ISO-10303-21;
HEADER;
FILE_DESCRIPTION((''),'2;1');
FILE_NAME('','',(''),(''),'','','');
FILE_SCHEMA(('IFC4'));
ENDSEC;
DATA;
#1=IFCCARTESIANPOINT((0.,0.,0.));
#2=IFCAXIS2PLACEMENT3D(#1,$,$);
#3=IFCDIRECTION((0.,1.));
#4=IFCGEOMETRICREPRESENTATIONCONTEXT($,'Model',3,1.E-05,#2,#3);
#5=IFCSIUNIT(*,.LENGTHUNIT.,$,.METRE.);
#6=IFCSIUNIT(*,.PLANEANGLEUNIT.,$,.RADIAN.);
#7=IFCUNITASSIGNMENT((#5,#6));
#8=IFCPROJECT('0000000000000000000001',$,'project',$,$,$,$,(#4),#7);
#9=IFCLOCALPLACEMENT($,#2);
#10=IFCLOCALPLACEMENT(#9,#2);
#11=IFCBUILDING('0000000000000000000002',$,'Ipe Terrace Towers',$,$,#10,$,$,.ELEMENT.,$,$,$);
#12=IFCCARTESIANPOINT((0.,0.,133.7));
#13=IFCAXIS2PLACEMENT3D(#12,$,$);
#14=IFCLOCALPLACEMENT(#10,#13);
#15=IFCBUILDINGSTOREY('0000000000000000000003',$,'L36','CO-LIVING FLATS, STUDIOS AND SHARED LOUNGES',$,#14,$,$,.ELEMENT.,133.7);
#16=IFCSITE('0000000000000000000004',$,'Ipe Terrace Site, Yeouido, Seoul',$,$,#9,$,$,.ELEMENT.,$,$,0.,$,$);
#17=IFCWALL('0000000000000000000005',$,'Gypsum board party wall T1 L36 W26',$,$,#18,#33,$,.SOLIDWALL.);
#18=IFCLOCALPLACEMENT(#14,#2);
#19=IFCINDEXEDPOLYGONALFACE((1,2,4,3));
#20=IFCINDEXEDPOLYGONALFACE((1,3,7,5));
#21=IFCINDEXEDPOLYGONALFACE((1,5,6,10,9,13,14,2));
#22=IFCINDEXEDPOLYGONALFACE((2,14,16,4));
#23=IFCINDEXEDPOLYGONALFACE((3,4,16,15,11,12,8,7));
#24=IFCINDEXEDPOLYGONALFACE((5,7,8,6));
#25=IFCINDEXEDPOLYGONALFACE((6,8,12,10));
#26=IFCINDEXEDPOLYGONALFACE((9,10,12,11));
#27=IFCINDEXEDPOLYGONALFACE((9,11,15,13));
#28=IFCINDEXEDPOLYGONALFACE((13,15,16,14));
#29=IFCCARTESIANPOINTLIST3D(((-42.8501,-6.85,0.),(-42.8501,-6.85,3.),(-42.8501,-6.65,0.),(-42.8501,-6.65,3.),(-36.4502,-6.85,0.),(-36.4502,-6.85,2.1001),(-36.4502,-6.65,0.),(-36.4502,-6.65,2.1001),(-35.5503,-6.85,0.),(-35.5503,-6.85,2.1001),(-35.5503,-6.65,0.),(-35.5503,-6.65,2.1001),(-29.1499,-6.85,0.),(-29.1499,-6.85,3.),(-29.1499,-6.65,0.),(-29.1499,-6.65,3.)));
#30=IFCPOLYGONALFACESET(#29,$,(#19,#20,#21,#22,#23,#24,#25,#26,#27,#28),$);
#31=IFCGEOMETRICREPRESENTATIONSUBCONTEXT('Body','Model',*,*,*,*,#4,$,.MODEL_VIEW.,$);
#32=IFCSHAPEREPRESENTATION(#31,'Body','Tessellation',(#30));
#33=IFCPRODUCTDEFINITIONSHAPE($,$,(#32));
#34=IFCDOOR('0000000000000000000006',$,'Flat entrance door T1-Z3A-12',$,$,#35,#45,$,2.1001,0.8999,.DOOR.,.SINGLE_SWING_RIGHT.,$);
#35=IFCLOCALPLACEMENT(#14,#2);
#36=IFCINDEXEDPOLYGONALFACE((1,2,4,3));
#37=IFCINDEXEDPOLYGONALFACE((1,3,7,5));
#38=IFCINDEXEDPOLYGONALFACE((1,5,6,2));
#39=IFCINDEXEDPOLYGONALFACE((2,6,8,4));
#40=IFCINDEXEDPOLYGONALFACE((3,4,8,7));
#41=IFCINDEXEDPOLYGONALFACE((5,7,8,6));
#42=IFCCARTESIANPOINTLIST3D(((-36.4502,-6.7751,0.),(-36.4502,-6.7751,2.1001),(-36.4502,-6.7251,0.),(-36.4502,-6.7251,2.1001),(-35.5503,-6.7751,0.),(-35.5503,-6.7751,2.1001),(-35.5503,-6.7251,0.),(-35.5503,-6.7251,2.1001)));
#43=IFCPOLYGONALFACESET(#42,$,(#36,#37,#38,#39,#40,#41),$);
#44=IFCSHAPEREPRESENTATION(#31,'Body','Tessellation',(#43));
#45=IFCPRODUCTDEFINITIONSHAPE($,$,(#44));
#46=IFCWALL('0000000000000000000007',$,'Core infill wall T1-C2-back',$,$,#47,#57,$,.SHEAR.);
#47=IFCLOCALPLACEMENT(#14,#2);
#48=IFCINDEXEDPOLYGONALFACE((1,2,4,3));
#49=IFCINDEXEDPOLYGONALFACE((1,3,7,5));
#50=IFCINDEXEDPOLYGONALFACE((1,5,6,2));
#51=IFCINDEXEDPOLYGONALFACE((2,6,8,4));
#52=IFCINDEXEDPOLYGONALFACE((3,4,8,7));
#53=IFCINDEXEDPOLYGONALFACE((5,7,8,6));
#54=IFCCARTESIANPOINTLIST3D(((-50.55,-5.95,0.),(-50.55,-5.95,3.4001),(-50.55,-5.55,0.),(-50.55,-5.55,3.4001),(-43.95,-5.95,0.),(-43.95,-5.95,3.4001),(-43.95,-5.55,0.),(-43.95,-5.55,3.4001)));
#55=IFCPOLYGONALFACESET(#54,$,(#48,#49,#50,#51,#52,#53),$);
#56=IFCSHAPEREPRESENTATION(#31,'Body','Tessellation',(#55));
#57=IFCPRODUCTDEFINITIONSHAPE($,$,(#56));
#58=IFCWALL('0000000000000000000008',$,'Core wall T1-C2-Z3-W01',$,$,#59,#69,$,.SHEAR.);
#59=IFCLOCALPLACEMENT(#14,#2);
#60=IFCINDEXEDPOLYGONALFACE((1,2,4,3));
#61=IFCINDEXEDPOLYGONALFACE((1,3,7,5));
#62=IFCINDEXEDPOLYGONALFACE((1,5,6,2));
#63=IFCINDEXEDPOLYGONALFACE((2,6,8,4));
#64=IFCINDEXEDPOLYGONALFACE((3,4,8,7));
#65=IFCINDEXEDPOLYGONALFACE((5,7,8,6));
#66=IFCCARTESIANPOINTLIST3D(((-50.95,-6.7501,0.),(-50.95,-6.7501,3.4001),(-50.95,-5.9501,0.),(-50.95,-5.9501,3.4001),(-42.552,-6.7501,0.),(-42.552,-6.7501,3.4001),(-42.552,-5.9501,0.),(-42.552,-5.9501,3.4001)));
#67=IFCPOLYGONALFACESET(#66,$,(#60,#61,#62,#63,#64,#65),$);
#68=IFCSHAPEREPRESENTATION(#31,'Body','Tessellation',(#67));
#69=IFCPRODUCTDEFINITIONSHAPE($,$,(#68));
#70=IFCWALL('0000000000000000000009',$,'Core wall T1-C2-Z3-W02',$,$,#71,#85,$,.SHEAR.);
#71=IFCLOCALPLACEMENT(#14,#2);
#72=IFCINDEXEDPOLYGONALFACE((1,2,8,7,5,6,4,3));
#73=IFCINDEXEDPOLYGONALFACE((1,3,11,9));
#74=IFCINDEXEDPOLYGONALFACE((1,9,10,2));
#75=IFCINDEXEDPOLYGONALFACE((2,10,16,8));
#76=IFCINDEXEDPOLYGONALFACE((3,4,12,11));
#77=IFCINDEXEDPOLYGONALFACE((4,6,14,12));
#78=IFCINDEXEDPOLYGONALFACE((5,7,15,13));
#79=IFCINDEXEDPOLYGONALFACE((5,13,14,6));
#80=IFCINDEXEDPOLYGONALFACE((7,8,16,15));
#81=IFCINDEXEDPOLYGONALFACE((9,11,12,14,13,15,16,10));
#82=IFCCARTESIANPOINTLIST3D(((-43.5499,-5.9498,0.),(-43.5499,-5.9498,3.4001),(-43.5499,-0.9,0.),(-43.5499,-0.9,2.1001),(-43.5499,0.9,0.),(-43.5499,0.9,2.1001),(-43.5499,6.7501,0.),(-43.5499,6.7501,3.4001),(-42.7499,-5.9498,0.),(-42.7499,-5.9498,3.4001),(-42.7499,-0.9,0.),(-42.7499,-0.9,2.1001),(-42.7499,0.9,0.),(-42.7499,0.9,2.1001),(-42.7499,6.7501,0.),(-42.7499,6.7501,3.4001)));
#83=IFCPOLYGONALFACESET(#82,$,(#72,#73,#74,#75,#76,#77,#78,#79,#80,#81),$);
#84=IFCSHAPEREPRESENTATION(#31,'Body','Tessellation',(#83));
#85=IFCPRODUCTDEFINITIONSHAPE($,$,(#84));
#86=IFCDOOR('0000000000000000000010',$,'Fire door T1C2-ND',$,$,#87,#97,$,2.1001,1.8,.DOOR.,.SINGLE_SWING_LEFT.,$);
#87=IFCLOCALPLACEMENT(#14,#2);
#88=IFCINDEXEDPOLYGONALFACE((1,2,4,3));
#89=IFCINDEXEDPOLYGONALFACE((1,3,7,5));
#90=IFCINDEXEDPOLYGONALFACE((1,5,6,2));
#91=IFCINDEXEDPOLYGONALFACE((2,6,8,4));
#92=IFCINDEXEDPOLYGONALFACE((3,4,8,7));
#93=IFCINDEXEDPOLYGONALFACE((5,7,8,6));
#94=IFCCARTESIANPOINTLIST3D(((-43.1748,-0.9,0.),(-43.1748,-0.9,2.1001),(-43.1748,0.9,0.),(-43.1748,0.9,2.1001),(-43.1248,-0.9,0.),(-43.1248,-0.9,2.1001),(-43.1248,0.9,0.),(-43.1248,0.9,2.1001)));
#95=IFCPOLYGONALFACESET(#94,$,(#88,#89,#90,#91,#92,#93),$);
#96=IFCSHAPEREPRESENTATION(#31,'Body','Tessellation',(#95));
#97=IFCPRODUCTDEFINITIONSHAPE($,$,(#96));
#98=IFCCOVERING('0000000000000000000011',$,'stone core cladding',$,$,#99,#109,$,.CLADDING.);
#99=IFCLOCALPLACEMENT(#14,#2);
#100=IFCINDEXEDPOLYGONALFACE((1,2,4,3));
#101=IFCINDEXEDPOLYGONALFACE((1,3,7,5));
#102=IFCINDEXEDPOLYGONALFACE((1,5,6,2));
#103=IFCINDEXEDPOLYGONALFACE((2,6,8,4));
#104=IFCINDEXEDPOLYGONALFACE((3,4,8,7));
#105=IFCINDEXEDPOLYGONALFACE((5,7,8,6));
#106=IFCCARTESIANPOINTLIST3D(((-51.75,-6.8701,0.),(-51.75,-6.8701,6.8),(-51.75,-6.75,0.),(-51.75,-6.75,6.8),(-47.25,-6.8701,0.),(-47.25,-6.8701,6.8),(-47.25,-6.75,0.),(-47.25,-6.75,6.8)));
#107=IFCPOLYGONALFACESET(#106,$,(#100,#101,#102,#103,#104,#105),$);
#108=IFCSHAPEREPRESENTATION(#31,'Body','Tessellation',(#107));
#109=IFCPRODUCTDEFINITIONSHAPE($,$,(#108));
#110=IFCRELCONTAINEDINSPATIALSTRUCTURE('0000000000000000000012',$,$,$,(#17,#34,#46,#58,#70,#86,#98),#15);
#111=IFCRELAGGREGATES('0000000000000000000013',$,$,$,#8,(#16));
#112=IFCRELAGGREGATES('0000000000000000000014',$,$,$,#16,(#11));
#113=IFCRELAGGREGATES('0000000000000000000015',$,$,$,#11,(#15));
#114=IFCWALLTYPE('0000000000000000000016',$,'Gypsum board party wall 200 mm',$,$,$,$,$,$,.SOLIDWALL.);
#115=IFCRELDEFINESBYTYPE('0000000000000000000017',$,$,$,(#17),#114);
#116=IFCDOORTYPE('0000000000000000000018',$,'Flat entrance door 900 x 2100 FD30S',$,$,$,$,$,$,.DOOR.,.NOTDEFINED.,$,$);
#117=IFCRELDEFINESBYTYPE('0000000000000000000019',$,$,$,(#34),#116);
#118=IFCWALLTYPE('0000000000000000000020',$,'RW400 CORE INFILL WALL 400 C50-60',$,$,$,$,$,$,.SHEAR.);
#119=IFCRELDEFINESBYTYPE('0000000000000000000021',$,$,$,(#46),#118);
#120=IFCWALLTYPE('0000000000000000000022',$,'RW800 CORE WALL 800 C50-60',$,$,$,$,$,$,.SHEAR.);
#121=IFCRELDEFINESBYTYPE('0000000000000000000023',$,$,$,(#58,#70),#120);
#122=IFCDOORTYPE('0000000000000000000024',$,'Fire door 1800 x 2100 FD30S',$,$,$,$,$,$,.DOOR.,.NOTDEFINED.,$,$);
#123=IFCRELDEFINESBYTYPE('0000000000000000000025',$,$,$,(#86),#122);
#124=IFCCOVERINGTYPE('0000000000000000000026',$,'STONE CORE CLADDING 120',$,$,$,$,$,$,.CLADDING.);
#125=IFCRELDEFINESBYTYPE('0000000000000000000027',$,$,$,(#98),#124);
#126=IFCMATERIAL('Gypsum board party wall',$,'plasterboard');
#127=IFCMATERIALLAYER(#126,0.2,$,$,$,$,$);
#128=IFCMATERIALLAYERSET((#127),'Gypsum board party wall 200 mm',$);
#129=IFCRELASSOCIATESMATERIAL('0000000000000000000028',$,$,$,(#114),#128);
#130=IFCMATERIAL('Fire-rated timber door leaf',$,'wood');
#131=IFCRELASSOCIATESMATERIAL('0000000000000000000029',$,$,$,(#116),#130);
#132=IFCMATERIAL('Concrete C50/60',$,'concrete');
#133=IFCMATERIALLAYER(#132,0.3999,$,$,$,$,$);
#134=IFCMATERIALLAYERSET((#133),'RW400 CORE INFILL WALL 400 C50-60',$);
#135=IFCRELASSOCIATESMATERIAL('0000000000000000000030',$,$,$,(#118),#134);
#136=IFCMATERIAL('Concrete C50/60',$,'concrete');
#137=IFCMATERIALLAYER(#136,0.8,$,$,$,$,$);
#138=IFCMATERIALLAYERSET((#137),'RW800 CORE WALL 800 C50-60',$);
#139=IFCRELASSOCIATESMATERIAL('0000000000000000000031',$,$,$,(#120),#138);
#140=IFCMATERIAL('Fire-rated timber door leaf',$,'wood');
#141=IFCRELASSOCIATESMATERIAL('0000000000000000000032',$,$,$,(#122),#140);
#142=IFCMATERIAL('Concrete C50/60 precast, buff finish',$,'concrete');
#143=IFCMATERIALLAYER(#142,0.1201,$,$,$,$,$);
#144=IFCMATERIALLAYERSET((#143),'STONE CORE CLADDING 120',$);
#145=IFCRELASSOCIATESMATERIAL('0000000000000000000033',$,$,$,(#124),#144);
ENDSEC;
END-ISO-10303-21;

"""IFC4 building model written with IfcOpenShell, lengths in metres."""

from ifc_helpers import new_model, si_unit, direction, frame, frame_2d, origin, origin_2d, place, context, subcontext, project, spatial, rectangle, extrude, material, layer, layer_set, type_object, element, fill, save


model = new_model("IFC4")

# Units and contexts
model_context = context("Model", 3, precision=1e-05, world=origin(), true_north=direction((0.0, 1.0)))
body_context = subcontext(model_context, "Body", "Model", "MODEL_VIEW")
ifc_project = project(units=[si_unit("LENGTHUNIT", "METRE"), si_unit("PLANEANGLEUNIT", "RADIAN")], contexts=[model_context])

# Site, building, storey
site_placement = place(None, origin())
site = spatial("IfcSite", under=ifc_project, at=site_placement, Name="Ipe Terrace Site, Yeouido, Seoul", CompositionType="ELEMENT", RefElevation=0.0)
building_placement = place(site_placement, origin())
building = spatial("IfcBuilding", under=site, at=building_placement, Name="Ipe Terrace Towers", CompositionType="ELEMENT")
storey_placement = place(building_placement, frame((0.0, 0.0, 133.7)))
storey = spatial("IfcBuildingStorey", under=building, at=storey_placement, Name="L36", Description="CO-LIVING FLATS, STUDIOS AND SHARED LOUNGES", CompositionType="ELEMENT", Elevation=133.7)

# Wall, opening, door
ifc_material_1 = material(Name="Gypsum board party wall", Category="plasterboard")
ifc_layer_1 = layer(ifc_material_1, 0.2)
ifc_layer_set_1 = layer_set([ifc_layer_1], Name="Gypsum board party wall 200 mm")
wall_type_1 = type_object("IfcWallType", Name="Gypsum board party wall 200 mm", PredefinedType="SOLIDWALL", material=ifc_layer_set_1)
wall_1_placement = place(storey_placement, frame((-42.8501, -6.75, 0.0), z_axis=(0.0, 0.0, 1.0), x_axis=(1.0, 0.0, 0.0)))
wall_1 = element("IfcWall", 1, at=wall_1_placement, inside=storey, type_object=wall_type_1, Name="Gypsum board party wall T1 L36 W26", PredefinedType="SOLIDWALL", context=body_context, shape_type="SweptSolid", body=[
    extrude(rectangle(XDim=13.7002, YDim=0.2, at=frame_2d((6.8501, 0.0))), origin(), (0.0, 0.0, 1.0), 3.0),
])
opening_1_placement = place(wall_1_placement, frame((6.3999, 0.0, 0.0)))
opening_1 = element("IfcOpeningElement", 2, at=opening_1_placement, cuts=wall_1, PredefinedType="OPENING", context=body_context, shape_type="SweptSolid", body=[
    extrude(rectangle(XDim=0.8999, YDim=2.1001, at=frame_2d((0.45, 1.05))), frame((0.0, 0.1099, 0.0), z_axis=(0.0, -1.0, 0.0), x_axis=(1.0, 0.0, 0.0)), (0.0, 0.0, 1.0), 0.22),
])
ifc_material_2 = material(Name="Fire-rated timber door leaf", Category="wood")
door_type_1 = type_object("IfcDoorType", Name="Flat entrance door 900 x 2100 FD30S", OperationType="NOTDEFINED", PredefinedType="DOOR", material=ifc_material_2)
door_1_placement = place(opening_1_placement, origin())
door_1 = element("IfcDoor", 3, at=door_1_placement, inside=storey, type_object=door_type_1, Name="Flat entrance door T1-Z3A-12", OperationType="SINGLE_SWING_RIGHT", OverallHeight=2.1001, OverallWidth=0.8999, PredefinedType="DOOR", context=body_context, shape_type="SweptSolid", body=[
    extrude(rectangle(XDim=0.8999, YDim=2.1001, at=frame_2d((0.45, 1.05))), frame((0.0, 0.0249, 0.0), z_axis=(0.0, -1.0, 0.0), x_axis=(1.0, 0.0, 0.0)), (0.0, 0.0, 1.0), 0.05),
])
fill(opening_1, door_1)

# Walls
ifc_material_3 = material(Name="Concrete C50/60", Category="concrete")
ifc_layer_2 = layer(ifc_material_3, 0.3999)
ifc_layer_set_2 = layer_set([ifc_layer_2], Name="RW400 CORE INFILL WALL 400 C50-60")
wall_type_2 = type_object("IfcWallType", Name="RW400 CORE INFILL WALL 400 C50-60", PredefinedType="SHEAR", material=ifc_layer_set_2)
wall_2_placement = place(storey_placement, frame((-43.95, -5.75, 0.0), z_axis=(0.0, 0.0, 1.0), x_axis=(-1.0, 0.0, 0.0)))
element("IfcWall", 4, at=wall_2_placement, inside=storey, type_object=wall_type_2, Name="Core infill wall T1-C2-back", PredefinedType="SHEAR", context=body_context, shape_type="SweptSolid", body=[
    extrude(rectangle(XDim=6.6001, YDim=0.3999, at=frame_2d((3.3, 0.0))), origin(), (0.0, 0.0, 1.0), 3.4001),
])
ifc_material_4 = material(Name="Concrete C50/60", Category="concrete")
ifc_layer_3 = layer(ifc_material_4, 0.8)
ifc_layer_set_3 = layer_set([ifc_layer_3], Name="RW800 CORE WALL 800 C50-60")
wall_type_3 = type_object("IfcWallType", Name="RW800 CORE WALL 800 C50-60", PredefinedType="SHEAR", material=ifc_layer_set_3)
wall_3_placement = place(storey_placement, frame((-50.95, -6.3501, 0.0), z_axis=(0.0, 0.0, 1.0), x_axis=(1.0, 0.0, 0.0)))
element("IfcWall", 5, at=wall_3_placement, inside=storey, type_object=wall_type_3, Name="Core wall T1-C2-Z3-W01", PredefinedType="SHEAR", context=body_context, shape_type="SweptSolid", body=[
    extrude(rectangle(XDim=8.3979, YDim=0.8, at=frame_2d((4.199, 0.0))), origin(), (0.0, 0.0, 1.0), 3.4001),
])

# Wall, opening, door
wall_4_placement = place(storey_placement, frame((-43.1499, -5.95, 0.0), z_axis=(0.0, 0.0, 1.0), x_axis=(0.0, 1.0, 0.0)))
wall_4 = element("IfcWall", 6, at=wall_4_placement, inside=storey, type_object=wall_type_3, Name="Core wall T1-C2-Z3-W02", PredefinedType="SHEAR", context=body_context, shape_type="SweptSolid", body=[
    extrude(rectangle(XDim=12.7, YDim=0.8, at=frame_2d((6.3501, 0.0))), origin(), (0.0, 0.0, 1.0), 3.4001),
])
opening_2_placement = place(wall_4_placement, frame((5.05, 0.0, 0.0)))
opening_2 = element("IfcOpeningElement", 7, at=opening_2_placement, cuts=wall_4, PredefinedType="OPENING", context=body_context, shape_type="SweptSolid", body=[
    extrude(rectangle(XDim=1.8, YDim=2.1001, at=frame_2d((0.8999, 1.05))), frame((0.0, 0.4102, 0.0), z_axis=(0.0, -1.0, 0.0), x_axis=(1.0, 0.0, 0.0)), (0.0, 0.0, 1.0), 0.8201),
])
ifc_material_5 = material(Name="Fire-rated timber door leaf", Category="wood")
door_type_2 = type_object("IfcDoorType", Name="Fire door 1800 x 2100 FD30S", OperationType="NOTDEFINED", PredefinedType="DOOR", material=ifc_material_5)
door_2_placement = place(opening_2_placement, origin())
door_2 = element("IfcDoor", 8, at=door_2_placement, inside=storey, type_object=door_type_2, Name="Fire door T1C2-ND", OperationType="SINGLE_SWING_LEFT", OverallHeight=2.1001, OverallWidth=1.8, PredefinedType="DOOR", context=body_context, shape_type="SweptSolid", body=[
    extrude(rectangle(XDim=1.8, YDim=2.1001, at=frame_2d((0.8999, 1.05))), frame((0.0, 0.0249, 0.0), z_axis=(0.0, -1.0, 0.0), x_axis=(1.0, 0.0, 0.0)), (0.0, 0.0, 1.0), 0.05),
])
fill(opening_2, door_2)

# Covering
ifc_material_6 = material(Name="Concrete C50/60 precast, buff finish", Category="concrete")
ifc_layer_4 = layer(ifc_material_6, 0.1201)
ifc_layer_set_4 = layer_set([ifc_layer_4], Name="STONE CORE CLADDING 120")
covering_type = type_object("IfcCoveringType", Name="STONE CORE CLADDING 120", PredefinedType="CLADDING", material=ifc_layer_set_4)
covering_placement = place(storey_placement, frame((-49.5, -6.8101, 0.0), z_axis=(0.0, 0.0, 1.0), x_axis=(1.0, 0.0, 0.0)))
element("IfcCovering", 9, at=covering_placement, inside=storey, type_object=covering_type, Name="stone core cladding", PredefinedType="CLADDING", context=body_context, shape_type="SweptSolid", body=[
    extrude(rectangle(XDim=4.5, YDim=0.1201, at=origin_2d()), origin(), (0.0, 0.0, 1.0), 6.8),
])

save(model, "model.ifc")
